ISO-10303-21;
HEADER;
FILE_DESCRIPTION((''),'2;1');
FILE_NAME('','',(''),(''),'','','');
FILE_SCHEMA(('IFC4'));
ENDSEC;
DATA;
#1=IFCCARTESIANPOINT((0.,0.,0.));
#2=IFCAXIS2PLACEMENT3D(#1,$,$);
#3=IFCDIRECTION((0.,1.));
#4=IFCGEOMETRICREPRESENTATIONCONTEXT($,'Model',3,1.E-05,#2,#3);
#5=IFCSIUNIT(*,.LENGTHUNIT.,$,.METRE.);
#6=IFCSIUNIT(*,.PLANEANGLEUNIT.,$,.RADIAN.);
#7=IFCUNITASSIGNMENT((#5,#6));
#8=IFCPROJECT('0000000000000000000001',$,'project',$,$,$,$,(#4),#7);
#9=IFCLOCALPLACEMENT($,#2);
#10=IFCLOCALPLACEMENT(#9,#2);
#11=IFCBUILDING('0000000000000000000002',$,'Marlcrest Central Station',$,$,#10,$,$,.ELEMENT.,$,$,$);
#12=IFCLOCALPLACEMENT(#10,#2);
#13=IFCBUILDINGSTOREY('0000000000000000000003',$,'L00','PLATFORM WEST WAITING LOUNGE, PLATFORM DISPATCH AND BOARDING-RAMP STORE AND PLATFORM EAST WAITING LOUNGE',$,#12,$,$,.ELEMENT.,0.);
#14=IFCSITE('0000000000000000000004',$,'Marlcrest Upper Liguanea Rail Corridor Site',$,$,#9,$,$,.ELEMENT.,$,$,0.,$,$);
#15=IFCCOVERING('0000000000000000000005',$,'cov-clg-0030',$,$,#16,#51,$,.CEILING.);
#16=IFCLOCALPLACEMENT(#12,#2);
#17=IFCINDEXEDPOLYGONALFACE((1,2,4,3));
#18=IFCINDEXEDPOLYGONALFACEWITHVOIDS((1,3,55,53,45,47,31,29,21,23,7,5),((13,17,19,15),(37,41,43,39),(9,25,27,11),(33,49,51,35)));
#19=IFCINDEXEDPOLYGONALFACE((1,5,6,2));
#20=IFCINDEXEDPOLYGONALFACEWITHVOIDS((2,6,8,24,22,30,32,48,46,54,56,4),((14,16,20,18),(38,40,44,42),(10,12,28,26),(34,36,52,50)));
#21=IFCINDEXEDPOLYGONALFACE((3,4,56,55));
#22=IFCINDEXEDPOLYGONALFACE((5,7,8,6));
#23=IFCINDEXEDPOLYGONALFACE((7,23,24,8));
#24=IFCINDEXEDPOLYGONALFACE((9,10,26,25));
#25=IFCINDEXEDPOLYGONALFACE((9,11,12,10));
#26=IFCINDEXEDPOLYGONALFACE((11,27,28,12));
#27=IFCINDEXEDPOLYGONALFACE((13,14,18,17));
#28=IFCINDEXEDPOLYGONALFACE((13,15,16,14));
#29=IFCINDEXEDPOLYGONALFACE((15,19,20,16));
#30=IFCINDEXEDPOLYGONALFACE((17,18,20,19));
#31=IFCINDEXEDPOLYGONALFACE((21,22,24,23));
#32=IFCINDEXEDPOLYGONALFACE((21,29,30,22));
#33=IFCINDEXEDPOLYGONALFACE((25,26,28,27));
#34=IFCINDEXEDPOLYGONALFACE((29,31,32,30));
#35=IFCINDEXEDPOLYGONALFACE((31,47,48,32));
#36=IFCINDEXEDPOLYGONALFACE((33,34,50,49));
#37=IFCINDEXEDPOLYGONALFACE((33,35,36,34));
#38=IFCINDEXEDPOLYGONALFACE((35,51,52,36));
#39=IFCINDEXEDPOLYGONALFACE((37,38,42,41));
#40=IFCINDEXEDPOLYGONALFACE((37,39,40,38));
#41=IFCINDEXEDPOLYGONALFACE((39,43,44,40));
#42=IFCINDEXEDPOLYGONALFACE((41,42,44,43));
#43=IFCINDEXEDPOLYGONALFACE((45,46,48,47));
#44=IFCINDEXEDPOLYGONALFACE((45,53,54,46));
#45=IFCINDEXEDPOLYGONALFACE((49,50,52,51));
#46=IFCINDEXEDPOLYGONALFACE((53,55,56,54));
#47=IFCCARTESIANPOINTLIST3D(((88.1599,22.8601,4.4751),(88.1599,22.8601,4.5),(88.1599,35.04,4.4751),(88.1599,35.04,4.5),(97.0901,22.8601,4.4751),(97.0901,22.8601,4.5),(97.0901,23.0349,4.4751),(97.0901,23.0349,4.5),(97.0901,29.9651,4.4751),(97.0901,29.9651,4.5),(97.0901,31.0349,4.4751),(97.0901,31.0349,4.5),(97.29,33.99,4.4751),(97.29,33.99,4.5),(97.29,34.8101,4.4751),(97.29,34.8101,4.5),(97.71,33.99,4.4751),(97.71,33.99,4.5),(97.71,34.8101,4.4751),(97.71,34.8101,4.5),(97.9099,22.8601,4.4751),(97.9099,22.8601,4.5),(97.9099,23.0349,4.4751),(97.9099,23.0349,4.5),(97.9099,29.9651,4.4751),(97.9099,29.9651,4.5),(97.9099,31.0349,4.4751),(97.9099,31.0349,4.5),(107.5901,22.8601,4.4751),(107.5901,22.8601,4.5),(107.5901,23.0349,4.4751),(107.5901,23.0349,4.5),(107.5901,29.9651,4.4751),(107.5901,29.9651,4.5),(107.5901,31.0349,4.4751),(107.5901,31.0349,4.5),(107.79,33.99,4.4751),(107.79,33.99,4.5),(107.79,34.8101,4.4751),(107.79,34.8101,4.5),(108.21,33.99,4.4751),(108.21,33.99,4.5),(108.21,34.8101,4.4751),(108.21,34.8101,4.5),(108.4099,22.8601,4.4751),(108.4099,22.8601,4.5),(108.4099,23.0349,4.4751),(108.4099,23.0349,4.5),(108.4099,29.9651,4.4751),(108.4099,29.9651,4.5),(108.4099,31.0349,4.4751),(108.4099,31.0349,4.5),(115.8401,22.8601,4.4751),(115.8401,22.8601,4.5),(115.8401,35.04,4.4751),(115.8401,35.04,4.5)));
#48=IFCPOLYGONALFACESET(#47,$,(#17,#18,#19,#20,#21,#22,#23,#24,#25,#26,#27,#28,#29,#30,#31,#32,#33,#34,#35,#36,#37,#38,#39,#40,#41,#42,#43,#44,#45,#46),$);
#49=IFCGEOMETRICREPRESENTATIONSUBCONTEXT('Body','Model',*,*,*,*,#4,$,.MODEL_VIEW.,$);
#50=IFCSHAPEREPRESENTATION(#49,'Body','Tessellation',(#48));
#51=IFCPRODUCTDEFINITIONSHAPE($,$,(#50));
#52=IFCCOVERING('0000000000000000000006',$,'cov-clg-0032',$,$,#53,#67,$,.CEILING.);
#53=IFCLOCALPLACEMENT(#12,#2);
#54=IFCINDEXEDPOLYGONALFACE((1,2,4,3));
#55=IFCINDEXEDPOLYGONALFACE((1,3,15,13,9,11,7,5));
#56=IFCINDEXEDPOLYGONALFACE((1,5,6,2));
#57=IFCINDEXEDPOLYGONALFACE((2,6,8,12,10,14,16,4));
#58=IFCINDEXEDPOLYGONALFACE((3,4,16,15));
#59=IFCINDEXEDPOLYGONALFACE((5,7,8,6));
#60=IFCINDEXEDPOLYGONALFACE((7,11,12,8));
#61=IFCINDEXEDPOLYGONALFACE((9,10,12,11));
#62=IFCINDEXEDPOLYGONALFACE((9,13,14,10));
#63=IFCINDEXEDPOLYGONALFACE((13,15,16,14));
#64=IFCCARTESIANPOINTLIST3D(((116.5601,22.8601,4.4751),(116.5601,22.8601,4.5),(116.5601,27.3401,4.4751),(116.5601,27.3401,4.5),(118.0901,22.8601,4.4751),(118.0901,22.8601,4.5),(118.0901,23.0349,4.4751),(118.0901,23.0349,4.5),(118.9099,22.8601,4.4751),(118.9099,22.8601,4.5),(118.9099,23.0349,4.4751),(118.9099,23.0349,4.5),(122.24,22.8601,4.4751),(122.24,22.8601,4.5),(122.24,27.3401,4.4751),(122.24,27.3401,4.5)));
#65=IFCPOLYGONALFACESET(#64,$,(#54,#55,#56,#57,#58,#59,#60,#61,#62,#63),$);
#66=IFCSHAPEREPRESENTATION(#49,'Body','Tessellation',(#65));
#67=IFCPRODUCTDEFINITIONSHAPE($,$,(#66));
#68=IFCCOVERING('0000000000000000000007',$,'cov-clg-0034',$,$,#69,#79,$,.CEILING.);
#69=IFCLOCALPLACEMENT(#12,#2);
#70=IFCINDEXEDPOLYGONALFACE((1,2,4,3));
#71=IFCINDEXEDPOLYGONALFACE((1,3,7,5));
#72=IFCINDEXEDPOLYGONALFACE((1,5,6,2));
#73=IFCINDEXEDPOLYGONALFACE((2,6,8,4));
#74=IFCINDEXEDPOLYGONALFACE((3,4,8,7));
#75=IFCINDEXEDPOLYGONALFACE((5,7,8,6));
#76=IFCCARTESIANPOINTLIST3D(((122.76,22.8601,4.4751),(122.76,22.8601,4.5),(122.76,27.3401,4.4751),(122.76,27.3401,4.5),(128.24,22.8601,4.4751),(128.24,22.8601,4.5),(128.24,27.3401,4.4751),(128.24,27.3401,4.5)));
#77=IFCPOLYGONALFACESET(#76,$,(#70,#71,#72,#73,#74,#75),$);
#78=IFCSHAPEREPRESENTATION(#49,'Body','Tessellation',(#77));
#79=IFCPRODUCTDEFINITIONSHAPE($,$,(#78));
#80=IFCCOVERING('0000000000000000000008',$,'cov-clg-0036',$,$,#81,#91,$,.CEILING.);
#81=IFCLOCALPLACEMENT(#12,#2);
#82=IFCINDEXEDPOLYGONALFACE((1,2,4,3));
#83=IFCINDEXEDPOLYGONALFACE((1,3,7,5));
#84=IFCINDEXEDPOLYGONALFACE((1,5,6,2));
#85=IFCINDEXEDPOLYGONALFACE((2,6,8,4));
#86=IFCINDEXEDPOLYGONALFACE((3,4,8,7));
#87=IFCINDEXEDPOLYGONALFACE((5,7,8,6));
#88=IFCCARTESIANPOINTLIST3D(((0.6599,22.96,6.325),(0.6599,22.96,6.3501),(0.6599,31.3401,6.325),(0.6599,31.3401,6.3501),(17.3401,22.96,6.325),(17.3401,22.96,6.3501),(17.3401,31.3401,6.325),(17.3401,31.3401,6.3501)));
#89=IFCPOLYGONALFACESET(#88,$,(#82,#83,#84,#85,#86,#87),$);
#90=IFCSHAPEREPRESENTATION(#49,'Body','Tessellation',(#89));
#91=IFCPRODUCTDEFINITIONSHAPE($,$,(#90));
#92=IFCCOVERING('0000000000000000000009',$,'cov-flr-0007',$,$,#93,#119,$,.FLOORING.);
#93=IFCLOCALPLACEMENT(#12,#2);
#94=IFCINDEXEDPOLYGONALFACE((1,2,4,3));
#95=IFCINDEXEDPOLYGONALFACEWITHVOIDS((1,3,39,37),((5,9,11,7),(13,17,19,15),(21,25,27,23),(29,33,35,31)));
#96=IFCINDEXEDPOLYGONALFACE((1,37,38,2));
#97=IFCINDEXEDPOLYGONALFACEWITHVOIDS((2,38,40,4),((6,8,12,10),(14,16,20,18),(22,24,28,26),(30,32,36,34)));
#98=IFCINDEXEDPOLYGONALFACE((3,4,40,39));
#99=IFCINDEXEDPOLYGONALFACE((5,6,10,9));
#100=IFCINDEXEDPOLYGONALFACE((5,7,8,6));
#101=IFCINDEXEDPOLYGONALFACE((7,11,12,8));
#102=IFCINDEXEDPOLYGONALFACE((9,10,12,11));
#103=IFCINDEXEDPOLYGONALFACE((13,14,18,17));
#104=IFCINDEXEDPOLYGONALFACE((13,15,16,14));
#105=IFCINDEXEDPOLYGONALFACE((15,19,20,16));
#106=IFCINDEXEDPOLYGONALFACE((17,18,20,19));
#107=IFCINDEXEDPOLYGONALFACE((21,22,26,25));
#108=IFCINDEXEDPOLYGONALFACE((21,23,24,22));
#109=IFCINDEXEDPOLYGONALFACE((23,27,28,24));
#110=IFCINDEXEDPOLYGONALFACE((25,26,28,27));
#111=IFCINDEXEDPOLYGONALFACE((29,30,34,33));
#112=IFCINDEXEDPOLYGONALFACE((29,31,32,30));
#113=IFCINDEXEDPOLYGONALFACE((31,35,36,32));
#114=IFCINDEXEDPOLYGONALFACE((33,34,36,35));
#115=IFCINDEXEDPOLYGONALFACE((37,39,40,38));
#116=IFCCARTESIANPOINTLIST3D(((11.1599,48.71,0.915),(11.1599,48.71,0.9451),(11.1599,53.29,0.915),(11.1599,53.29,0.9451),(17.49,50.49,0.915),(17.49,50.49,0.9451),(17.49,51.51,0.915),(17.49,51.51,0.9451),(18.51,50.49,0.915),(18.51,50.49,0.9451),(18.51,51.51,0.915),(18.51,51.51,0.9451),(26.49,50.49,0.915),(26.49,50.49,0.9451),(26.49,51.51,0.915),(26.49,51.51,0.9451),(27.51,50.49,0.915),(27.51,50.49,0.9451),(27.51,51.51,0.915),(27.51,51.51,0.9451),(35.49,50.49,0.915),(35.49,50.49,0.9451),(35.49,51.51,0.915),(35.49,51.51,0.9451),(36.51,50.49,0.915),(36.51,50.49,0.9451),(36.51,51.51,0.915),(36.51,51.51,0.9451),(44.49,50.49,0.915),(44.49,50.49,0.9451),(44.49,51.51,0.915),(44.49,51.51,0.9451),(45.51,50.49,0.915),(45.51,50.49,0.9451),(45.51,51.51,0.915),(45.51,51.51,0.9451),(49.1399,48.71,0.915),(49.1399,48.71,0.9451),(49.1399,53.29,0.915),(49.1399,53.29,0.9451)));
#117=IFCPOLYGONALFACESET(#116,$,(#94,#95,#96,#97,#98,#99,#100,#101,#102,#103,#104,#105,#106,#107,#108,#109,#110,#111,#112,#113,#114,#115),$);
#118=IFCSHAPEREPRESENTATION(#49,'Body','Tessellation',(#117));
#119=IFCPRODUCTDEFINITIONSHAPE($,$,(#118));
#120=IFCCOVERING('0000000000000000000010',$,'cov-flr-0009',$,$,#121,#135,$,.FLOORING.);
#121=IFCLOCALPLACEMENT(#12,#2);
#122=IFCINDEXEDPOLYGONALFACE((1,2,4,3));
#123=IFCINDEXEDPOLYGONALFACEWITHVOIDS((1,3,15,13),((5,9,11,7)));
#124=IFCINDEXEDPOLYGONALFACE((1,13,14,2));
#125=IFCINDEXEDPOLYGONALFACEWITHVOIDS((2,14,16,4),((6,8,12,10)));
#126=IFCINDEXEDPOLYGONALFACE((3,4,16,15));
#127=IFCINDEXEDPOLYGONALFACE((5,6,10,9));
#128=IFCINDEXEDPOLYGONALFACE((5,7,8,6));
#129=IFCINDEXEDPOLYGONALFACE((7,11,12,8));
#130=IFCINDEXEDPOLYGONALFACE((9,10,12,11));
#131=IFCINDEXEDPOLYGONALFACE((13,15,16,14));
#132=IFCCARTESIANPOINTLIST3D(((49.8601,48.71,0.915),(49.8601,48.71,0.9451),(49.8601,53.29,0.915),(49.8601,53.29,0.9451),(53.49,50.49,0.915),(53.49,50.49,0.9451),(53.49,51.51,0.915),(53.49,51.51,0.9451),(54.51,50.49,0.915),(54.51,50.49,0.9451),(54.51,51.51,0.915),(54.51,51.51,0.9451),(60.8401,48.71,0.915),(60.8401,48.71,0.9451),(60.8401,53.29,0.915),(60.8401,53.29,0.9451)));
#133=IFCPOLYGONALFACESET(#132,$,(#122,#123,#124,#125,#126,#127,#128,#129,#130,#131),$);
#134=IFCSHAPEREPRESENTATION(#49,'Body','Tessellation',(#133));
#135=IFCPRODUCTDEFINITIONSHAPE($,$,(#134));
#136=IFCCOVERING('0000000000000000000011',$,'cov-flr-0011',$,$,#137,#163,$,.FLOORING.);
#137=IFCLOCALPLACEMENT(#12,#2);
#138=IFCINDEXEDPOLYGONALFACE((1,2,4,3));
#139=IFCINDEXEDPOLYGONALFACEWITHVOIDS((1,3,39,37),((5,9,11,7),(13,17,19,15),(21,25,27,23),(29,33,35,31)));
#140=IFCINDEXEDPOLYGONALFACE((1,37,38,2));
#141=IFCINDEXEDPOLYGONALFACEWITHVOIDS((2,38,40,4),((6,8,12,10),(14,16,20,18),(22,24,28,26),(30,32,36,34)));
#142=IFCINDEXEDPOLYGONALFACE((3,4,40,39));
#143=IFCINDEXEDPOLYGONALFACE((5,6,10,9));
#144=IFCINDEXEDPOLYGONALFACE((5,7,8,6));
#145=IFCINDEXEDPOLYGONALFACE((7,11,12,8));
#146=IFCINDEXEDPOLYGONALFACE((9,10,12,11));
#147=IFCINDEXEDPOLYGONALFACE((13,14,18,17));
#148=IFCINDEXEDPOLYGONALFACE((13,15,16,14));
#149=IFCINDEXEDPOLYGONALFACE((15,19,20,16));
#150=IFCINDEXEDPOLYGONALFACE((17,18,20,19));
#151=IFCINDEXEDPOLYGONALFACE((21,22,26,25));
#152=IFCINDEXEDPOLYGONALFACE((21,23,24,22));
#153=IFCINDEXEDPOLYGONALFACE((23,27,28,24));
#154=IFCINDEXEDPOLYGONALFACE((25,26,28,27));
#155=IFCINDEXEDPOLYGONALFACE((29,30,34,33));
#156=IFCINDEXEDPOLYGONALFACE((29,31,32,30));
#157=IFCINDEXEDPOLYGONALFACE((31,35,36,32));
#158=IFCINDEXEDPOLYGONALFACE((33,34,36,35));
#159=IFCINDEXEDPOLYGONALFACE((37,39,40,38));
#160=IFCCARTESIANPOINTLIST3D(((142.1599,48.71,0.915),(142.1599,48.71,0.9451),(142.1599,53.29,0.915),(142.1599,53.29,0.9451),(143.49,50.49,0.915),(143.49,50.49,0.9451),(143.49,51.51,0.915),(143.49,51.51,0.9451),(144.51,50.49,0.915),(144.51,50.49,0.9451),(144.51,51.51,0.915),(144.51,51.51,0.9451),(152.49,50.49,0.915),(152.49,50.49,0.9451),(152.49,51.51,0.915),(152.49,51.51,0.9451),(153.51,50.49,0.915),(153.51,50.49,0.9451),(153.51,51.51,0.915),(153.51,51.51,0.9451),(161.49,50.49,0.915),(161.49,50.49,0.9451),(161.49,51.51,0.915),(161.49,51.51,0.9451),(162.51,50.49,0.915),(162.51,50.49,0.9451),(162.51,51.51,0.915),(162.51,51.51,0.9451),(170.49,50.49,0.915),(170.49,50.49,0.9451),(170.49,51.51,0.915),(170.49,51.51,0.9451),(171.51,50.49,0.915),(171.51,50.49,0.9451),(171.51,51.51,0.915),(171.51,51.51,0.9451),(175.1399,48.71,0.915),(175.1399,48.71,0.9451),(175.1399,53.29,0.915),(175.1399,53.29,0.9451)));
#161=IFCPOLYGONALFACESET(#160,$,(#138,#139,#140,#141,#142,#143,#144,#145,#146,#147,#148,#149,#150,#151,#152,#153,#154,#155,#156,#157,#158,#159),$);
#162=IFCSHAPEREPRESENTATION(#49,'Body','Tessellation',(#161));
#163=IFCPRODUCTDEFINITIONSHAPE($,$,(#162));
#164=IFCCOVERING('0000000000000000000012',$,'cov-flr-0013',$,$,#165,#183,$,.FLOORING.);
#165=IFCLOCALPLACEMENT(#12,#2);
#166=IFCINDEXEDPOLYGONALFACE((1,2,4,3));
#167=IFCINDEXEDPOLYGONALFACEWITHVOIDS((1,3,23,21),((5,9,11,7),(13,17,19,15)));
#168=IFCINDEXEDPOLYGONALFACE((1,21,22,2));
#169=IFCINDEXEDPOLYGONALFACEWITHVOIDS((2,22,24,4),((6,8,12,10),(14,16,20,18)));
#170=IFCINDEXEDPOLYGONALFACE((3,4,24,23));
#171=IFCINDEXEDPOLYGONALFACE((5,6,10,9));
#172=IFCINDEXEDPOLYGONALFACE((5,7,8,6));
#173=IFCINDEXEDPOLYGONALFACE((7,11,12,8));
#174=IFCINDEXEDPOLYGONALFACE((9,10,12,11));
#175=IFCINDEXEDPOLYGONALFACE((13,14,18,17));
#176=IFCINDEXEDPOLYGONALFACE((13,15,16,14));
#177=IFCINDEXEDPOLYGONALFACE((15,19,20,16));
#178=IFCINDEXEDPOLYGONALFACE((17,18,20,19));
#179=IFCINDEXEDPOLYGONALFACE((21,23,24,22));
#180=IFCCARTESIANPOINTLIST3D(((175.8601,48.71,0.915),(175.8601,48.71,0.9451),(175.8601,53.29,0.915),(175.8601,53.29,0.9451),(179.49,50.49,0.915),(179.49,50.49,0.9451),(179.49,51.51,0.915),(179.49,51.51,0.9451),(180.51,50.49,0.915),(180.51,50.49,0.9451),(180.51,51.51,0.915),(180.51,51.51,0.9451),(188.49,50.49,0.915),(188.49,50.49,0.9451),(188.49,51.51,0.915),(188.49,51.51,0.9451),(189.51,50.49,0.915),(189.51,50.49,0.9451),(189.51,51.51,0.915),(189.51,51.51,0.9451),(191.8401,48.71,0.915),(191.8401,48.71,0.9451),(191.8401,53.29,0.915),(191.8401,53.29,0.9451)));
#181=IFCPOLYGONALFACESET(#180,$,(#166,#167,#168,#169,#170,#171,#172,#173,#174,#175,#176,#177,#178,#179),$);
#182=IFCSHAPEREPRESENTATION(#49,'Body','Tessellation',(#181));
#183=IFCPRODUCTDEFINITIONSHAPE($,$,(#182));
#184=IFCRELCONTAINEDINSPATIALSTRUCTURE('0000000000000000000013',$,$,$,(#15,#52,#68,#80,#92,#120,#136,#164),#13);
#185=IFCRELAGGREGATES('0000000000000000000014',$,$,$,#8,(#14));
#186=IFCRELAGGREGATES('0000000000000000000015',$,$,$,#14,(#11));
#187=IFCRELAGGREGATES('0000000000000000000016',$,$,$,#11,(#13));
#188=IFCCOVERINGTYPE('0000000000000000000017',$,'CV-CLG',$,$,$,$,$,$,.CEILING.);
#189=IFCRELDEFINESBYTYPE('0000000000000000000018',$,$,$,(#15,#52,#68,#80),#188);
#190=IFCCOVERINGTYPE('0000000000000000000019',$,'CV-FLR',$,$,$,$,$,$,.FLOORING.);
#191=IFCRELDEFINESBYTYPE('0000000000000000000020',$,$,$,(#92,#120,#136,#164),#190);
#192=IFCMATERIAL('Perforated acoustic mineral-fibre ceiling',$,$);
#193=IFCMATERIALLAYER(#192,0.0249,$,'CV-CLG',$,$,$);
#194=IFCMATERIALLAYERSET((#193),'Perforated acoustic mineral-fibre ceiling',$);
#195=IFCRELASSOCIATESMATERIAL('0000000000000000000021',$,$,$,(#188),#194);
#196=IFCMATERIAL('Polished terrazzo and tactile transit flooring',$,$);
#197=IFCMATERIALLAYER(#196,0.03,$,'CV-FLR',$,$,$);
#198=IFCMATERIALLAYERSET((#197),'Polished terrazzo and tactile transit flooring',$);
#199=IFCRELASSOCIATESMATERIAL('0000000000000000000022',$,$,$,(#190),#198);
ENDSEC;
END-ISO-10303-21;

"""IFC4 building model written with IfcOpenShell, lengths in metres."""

from ifc_helpers import new_model, si_unit, direction, frame, origin, place, context, subcontext, project, spatial, polyline, outline, extrude, material, layer, layer_set, type_object, element, save


model = new_model("IFC4")

# Units and contexts
model_context = context("Model", 3, precision=1e-05, world=origin(), true_north=direction((0.0, 1.0)))
body_context = subcontext(model_context, "Body", "Model", "MODEL_VIEW")
ifc_project = project(units=[si_unit("LENGTHUNIT", "METRE"), si_unit("PLANEANGLEUNIT", "RADIAN")], contexts=[model_context])

# Site, building, storey
site_placement = place(None, origin())
site = spatial("IfcSite", under=ifc_project, at=site_placement, Name="Marlcrest Upper Liguanea Rail Corridor Site", CompositionType="ELEMENT", RefElevation=0.0)
building_placement = place(site_placement, origin())
building = spatial("IfcBuilding", under=site, at=building_placement, Name="Marlcrest Central Station", CompositionType="ELEMENT")
storey_placement = place(building_placement, origin())
storey = spatial("IfcBuildingStorey", under=building, at=storey_placement, Name="L00", Description="PLATFORM WEST WAITING LOUNGE, PLATFORM DISPATCH AND BOARDING-RAMP STORE AND PLATFORM EAST WAITING LOUNGE", CompositionType="ELEMENT", Elevation=0.0)

# Coverings
ifc_material_1 = material(Name="Perforated acoustic mineral-fibre ceiling")
ifc_layer_1 = layer(ifc_material_1, 0.0249, Name="CV-CLG")
ifc_layer_set_1 = layer_set([ifc_layer_1], Name="Perforated acoustic mineral-fibre ceiling")
covering_type_1 = type_object("IfcCoveringType", Name="CV-CLG", PredefinedType="CEILING", material=ifc_layer_set_1)
covering_1_placement = place(storey_placement, frame((0.0, 0.0, 4.4751)))
element("IfcCovering", 1, at=covering_1_placement, inside=storey, type_object=covering_type_1, Name="cov-clg-0030", PredefinedType="CEILING", context=body_context, shape_type="SweptSolid", body=[
    extrude(outline(polyline([(108.4099, 23.0349), (107.5901, 23.0349), (107.5901, 22.8601), (97.9099, 22.8601), (97.9099, 23.0349), (97.0901, 23.0349), (97.0901, 22.8601), (88.1599, 22.8601), (88.1599, 35.04), (115.8401, 35.04), (115.8401, 22.8601), (108.4099, 22.8601), (108.4099, 23.0349)]), holes=[polyline([(97.9099, 29.9651), (97.9099, 31.0349), (97.0901, 31.0349), (97.0901, 29.9651), (97.9099, 29.9651)]), polyline([(107.5901, 29.9651), (108.4099, 29.9651), (108.4099, 31.0349), (107.5901, 31.0349), (107.5901, 29.9651)]), polyline([(97.29, 34.8101), (97.29, 33.99), (97.71, 33.99), (97.71, 34.8101), (97.29, 34.8101)]), polyline([(108.21, 34.8101), (107.79, 34.8101), (107.79, 33.99), (108.21, 33.99), (108.21, 34.8101)])]), origin(), (0.0, 0.0, 1.0), 0.0249),
])
covering_2_placement = place(storey_placement, frame((0.0, 0.0, 4.4751)))
element("IfcCovering", 2, at=covering_2_placement, inside=storey, type_object=covering_type_1, Name="cov-clg-0032", PredefinedType="CEILING", context=body_context, shape_type="SweptSolid", body=[
    extrude(outline(polyline([(116.5601, 22.8601), (116.5601, 27.3401), (122.24, 27.3401), (122.24, 22.8601), (118.9099, 22.8601), (118.9099, 23.0349), (118.0901, 23.0349), (118.0901, 22.8601), (116.5601, 22.8601)])), origin(), (0.0, 0.0, 1.0), 0.0249),
])
covering_3_placement = place(storey_placement, frame((0.0, 0.0, 4.4751)))
element("IfcCovering", 3, at=covering_3_placement, inside=storey, type_object=covering_type_1, Name="cov-clg-0034", PredefinedType="CEILING", context=body_context, shape_type="SweptSolid", body=[
    extrude(outline(polyline([(128.24, 22.8601), (128.24, 27.3401), (122.76, 27.3401), (122.76, 22.8601), (128.24, 22.8601)])), origin(), (0.0, 0.0, 1.0), 0.0249),
])
covering_4_placement = place(storey_placement, frame((0.0, 0.0, 6.325)))
element("IfcCovering", 4, at=covering_4_placement, inside=storey, type_object=covering_type_1, Name="cov-clg-0036", PredefinedType="CEILING", context=body_context, shape_type="SweptSolid", body=[
    extrude(outline(polyline([(17.3401, 22.96), (17.3401, 31.3401), (0.6599, 31.3401), (0.6599, 22.96), (17.3401, 22.96)])), origin(), (0.0, 0.0, 1.0), 0.0251),
])
ifc_material_2 = material(Name="Polished terrazzo and tactile transit flooring")
ifc_layer_2 = layer(ifc_material_2, 0.03, Name="CV-FLR")
ifc_layer_set_2 = layer_set([ifc_layer_2], Name="Polished terrazzo and tactile transit flooring")
covering_type_2 = type_object("IfcCoveringType", Name="CV-FLR", PredefinedType="FLOORING", material=ifc_layer_set_2)
covering_5_placement = place(storey_placement, frame((0.0, 0.0, 0.915)))
element("IfcCovering", 5, at=covering_5_placement, inside=storey, type_object=covering_type_2, Name="cov-flr-0007", PredefinedType="FLOORING", context=body_context, shape_type="SweptSolid", body=[
    extrude(outline(polyline([(49.1399, 48.71), (11.1599, 48.71), (11.1599, 53.29), (49.1399, 53.29), (49.1399, 48.71)]), holes=[polyline([(18.51, 50.49), (18.51, 51.51), (17.49, 51.51), (17.49, 50.49), (18.51, 50.49)]), polyline([(26.49, 50.49), (27.51, 50.49), (27.51, 51.51), (26.49, 51.51), (26.49, 50.49)]), polyline([(35.49, 51.51), (35.49, 50.49), (36.51, 50.49), (36.51, 51.51), (35.49, 51.51)]), polyline([(45.51, 51.51), (44.49, 51.51), (44.49, 50.49), (45.51, 50.49), (45.51, 51.51)])]), origin(), (0.0, 0.0, 1.0), 0.03),
])
covering_6_placement = place(storey_placement, frame((0.0, 0.0, 0.915)))
element("IfcCovering", 6, at=covering_6_placement, inside=storey, type_object=covering_type_2, Name="cov-flr-0009", PredefinedType="FLOORING", context=body_context, shape_type="SweptSolid", body=[
    extrude(outline(polyline([(49.8601, 48.71), (49.8601, 53.29), (60.8401, 53.29), (60.8401, 48.71), (49.8601, 48.71)]), holes=[polyline([(54.51, 51.51), (53.49, 51.51), (53.49, 50.49), (54.51, 50.49), (54.51, 51.51)])]), origin(), (0.0, 0.0, 1.0), 0.03),
])
covering_7_placement = place(storey_placement, frame((0.0, 0.0, 0.915)))
element("IfcCovering", 7, at=covering_7_placement, inside=storey, type_object=covering_type_2, Name="cov-flr-0011", PredefinedType="FLOORING", context=body_context, shape_type="SweptSolid", body=[
    extrude(outline(polyline([(175.1399, 48.71), (142.1599, 48.71), (142.1599, 53.29), (175.1399, 53.29), (175.1399, 48.71)]), holes=[polyline([(144.51, 50.49), (144.51, 51.51), (143.49, 51.51), (143.49, 50.49), (144.51, 50.49)]), polyline([(152.49, 50.49), (153.51, 50.49), (153.51, 51.51), (152.49, 51.51), (152.49, 50.49)]), polyline([(161.49, 51.51), (161.49, 50.49), (162.51, 50.49), (162.51, 51.51), (161.49, 51.51)]), polyline([(171.51, 51.51), (170.49, 51.51), (170.49, 50.49), (171.51, 50.49), (171.51, 51.51)])]), origin(), (0.0, 0.0, 1.0), 0.03),
])
covering_8_placement = place(storey_placement, frame((0.0, 0.0, 0.915)))
element("IfcCovering", 8, at=covering_8_placement, inside=storey, type_object=covering_type_2, Name="cov-flr-0013", PredefinedType="FLOORING", context=body_context, shape_type="SweptSolid", body=[
    extrude(outline(polyline([(175.8601, 53.29), (191.8401, 53.29), (191.8401, 48.71), (175.8601, 48.71), (175.8601, 53.29)]), holes=[polyline([(179.49, 51.51), (179.49, 50.49), (180.51, 50.49), (180.51, 51.51), (179.49, 51.51)]), polyline([(189.51, 51.51), (188.49, 51.51), (188.49, 50.49), (189.51, 50.49), (189.51, 51.51)])]), origin(), (0.0, 0.0, 1.0), 0.03),
])

save(model, "model.ifc")
